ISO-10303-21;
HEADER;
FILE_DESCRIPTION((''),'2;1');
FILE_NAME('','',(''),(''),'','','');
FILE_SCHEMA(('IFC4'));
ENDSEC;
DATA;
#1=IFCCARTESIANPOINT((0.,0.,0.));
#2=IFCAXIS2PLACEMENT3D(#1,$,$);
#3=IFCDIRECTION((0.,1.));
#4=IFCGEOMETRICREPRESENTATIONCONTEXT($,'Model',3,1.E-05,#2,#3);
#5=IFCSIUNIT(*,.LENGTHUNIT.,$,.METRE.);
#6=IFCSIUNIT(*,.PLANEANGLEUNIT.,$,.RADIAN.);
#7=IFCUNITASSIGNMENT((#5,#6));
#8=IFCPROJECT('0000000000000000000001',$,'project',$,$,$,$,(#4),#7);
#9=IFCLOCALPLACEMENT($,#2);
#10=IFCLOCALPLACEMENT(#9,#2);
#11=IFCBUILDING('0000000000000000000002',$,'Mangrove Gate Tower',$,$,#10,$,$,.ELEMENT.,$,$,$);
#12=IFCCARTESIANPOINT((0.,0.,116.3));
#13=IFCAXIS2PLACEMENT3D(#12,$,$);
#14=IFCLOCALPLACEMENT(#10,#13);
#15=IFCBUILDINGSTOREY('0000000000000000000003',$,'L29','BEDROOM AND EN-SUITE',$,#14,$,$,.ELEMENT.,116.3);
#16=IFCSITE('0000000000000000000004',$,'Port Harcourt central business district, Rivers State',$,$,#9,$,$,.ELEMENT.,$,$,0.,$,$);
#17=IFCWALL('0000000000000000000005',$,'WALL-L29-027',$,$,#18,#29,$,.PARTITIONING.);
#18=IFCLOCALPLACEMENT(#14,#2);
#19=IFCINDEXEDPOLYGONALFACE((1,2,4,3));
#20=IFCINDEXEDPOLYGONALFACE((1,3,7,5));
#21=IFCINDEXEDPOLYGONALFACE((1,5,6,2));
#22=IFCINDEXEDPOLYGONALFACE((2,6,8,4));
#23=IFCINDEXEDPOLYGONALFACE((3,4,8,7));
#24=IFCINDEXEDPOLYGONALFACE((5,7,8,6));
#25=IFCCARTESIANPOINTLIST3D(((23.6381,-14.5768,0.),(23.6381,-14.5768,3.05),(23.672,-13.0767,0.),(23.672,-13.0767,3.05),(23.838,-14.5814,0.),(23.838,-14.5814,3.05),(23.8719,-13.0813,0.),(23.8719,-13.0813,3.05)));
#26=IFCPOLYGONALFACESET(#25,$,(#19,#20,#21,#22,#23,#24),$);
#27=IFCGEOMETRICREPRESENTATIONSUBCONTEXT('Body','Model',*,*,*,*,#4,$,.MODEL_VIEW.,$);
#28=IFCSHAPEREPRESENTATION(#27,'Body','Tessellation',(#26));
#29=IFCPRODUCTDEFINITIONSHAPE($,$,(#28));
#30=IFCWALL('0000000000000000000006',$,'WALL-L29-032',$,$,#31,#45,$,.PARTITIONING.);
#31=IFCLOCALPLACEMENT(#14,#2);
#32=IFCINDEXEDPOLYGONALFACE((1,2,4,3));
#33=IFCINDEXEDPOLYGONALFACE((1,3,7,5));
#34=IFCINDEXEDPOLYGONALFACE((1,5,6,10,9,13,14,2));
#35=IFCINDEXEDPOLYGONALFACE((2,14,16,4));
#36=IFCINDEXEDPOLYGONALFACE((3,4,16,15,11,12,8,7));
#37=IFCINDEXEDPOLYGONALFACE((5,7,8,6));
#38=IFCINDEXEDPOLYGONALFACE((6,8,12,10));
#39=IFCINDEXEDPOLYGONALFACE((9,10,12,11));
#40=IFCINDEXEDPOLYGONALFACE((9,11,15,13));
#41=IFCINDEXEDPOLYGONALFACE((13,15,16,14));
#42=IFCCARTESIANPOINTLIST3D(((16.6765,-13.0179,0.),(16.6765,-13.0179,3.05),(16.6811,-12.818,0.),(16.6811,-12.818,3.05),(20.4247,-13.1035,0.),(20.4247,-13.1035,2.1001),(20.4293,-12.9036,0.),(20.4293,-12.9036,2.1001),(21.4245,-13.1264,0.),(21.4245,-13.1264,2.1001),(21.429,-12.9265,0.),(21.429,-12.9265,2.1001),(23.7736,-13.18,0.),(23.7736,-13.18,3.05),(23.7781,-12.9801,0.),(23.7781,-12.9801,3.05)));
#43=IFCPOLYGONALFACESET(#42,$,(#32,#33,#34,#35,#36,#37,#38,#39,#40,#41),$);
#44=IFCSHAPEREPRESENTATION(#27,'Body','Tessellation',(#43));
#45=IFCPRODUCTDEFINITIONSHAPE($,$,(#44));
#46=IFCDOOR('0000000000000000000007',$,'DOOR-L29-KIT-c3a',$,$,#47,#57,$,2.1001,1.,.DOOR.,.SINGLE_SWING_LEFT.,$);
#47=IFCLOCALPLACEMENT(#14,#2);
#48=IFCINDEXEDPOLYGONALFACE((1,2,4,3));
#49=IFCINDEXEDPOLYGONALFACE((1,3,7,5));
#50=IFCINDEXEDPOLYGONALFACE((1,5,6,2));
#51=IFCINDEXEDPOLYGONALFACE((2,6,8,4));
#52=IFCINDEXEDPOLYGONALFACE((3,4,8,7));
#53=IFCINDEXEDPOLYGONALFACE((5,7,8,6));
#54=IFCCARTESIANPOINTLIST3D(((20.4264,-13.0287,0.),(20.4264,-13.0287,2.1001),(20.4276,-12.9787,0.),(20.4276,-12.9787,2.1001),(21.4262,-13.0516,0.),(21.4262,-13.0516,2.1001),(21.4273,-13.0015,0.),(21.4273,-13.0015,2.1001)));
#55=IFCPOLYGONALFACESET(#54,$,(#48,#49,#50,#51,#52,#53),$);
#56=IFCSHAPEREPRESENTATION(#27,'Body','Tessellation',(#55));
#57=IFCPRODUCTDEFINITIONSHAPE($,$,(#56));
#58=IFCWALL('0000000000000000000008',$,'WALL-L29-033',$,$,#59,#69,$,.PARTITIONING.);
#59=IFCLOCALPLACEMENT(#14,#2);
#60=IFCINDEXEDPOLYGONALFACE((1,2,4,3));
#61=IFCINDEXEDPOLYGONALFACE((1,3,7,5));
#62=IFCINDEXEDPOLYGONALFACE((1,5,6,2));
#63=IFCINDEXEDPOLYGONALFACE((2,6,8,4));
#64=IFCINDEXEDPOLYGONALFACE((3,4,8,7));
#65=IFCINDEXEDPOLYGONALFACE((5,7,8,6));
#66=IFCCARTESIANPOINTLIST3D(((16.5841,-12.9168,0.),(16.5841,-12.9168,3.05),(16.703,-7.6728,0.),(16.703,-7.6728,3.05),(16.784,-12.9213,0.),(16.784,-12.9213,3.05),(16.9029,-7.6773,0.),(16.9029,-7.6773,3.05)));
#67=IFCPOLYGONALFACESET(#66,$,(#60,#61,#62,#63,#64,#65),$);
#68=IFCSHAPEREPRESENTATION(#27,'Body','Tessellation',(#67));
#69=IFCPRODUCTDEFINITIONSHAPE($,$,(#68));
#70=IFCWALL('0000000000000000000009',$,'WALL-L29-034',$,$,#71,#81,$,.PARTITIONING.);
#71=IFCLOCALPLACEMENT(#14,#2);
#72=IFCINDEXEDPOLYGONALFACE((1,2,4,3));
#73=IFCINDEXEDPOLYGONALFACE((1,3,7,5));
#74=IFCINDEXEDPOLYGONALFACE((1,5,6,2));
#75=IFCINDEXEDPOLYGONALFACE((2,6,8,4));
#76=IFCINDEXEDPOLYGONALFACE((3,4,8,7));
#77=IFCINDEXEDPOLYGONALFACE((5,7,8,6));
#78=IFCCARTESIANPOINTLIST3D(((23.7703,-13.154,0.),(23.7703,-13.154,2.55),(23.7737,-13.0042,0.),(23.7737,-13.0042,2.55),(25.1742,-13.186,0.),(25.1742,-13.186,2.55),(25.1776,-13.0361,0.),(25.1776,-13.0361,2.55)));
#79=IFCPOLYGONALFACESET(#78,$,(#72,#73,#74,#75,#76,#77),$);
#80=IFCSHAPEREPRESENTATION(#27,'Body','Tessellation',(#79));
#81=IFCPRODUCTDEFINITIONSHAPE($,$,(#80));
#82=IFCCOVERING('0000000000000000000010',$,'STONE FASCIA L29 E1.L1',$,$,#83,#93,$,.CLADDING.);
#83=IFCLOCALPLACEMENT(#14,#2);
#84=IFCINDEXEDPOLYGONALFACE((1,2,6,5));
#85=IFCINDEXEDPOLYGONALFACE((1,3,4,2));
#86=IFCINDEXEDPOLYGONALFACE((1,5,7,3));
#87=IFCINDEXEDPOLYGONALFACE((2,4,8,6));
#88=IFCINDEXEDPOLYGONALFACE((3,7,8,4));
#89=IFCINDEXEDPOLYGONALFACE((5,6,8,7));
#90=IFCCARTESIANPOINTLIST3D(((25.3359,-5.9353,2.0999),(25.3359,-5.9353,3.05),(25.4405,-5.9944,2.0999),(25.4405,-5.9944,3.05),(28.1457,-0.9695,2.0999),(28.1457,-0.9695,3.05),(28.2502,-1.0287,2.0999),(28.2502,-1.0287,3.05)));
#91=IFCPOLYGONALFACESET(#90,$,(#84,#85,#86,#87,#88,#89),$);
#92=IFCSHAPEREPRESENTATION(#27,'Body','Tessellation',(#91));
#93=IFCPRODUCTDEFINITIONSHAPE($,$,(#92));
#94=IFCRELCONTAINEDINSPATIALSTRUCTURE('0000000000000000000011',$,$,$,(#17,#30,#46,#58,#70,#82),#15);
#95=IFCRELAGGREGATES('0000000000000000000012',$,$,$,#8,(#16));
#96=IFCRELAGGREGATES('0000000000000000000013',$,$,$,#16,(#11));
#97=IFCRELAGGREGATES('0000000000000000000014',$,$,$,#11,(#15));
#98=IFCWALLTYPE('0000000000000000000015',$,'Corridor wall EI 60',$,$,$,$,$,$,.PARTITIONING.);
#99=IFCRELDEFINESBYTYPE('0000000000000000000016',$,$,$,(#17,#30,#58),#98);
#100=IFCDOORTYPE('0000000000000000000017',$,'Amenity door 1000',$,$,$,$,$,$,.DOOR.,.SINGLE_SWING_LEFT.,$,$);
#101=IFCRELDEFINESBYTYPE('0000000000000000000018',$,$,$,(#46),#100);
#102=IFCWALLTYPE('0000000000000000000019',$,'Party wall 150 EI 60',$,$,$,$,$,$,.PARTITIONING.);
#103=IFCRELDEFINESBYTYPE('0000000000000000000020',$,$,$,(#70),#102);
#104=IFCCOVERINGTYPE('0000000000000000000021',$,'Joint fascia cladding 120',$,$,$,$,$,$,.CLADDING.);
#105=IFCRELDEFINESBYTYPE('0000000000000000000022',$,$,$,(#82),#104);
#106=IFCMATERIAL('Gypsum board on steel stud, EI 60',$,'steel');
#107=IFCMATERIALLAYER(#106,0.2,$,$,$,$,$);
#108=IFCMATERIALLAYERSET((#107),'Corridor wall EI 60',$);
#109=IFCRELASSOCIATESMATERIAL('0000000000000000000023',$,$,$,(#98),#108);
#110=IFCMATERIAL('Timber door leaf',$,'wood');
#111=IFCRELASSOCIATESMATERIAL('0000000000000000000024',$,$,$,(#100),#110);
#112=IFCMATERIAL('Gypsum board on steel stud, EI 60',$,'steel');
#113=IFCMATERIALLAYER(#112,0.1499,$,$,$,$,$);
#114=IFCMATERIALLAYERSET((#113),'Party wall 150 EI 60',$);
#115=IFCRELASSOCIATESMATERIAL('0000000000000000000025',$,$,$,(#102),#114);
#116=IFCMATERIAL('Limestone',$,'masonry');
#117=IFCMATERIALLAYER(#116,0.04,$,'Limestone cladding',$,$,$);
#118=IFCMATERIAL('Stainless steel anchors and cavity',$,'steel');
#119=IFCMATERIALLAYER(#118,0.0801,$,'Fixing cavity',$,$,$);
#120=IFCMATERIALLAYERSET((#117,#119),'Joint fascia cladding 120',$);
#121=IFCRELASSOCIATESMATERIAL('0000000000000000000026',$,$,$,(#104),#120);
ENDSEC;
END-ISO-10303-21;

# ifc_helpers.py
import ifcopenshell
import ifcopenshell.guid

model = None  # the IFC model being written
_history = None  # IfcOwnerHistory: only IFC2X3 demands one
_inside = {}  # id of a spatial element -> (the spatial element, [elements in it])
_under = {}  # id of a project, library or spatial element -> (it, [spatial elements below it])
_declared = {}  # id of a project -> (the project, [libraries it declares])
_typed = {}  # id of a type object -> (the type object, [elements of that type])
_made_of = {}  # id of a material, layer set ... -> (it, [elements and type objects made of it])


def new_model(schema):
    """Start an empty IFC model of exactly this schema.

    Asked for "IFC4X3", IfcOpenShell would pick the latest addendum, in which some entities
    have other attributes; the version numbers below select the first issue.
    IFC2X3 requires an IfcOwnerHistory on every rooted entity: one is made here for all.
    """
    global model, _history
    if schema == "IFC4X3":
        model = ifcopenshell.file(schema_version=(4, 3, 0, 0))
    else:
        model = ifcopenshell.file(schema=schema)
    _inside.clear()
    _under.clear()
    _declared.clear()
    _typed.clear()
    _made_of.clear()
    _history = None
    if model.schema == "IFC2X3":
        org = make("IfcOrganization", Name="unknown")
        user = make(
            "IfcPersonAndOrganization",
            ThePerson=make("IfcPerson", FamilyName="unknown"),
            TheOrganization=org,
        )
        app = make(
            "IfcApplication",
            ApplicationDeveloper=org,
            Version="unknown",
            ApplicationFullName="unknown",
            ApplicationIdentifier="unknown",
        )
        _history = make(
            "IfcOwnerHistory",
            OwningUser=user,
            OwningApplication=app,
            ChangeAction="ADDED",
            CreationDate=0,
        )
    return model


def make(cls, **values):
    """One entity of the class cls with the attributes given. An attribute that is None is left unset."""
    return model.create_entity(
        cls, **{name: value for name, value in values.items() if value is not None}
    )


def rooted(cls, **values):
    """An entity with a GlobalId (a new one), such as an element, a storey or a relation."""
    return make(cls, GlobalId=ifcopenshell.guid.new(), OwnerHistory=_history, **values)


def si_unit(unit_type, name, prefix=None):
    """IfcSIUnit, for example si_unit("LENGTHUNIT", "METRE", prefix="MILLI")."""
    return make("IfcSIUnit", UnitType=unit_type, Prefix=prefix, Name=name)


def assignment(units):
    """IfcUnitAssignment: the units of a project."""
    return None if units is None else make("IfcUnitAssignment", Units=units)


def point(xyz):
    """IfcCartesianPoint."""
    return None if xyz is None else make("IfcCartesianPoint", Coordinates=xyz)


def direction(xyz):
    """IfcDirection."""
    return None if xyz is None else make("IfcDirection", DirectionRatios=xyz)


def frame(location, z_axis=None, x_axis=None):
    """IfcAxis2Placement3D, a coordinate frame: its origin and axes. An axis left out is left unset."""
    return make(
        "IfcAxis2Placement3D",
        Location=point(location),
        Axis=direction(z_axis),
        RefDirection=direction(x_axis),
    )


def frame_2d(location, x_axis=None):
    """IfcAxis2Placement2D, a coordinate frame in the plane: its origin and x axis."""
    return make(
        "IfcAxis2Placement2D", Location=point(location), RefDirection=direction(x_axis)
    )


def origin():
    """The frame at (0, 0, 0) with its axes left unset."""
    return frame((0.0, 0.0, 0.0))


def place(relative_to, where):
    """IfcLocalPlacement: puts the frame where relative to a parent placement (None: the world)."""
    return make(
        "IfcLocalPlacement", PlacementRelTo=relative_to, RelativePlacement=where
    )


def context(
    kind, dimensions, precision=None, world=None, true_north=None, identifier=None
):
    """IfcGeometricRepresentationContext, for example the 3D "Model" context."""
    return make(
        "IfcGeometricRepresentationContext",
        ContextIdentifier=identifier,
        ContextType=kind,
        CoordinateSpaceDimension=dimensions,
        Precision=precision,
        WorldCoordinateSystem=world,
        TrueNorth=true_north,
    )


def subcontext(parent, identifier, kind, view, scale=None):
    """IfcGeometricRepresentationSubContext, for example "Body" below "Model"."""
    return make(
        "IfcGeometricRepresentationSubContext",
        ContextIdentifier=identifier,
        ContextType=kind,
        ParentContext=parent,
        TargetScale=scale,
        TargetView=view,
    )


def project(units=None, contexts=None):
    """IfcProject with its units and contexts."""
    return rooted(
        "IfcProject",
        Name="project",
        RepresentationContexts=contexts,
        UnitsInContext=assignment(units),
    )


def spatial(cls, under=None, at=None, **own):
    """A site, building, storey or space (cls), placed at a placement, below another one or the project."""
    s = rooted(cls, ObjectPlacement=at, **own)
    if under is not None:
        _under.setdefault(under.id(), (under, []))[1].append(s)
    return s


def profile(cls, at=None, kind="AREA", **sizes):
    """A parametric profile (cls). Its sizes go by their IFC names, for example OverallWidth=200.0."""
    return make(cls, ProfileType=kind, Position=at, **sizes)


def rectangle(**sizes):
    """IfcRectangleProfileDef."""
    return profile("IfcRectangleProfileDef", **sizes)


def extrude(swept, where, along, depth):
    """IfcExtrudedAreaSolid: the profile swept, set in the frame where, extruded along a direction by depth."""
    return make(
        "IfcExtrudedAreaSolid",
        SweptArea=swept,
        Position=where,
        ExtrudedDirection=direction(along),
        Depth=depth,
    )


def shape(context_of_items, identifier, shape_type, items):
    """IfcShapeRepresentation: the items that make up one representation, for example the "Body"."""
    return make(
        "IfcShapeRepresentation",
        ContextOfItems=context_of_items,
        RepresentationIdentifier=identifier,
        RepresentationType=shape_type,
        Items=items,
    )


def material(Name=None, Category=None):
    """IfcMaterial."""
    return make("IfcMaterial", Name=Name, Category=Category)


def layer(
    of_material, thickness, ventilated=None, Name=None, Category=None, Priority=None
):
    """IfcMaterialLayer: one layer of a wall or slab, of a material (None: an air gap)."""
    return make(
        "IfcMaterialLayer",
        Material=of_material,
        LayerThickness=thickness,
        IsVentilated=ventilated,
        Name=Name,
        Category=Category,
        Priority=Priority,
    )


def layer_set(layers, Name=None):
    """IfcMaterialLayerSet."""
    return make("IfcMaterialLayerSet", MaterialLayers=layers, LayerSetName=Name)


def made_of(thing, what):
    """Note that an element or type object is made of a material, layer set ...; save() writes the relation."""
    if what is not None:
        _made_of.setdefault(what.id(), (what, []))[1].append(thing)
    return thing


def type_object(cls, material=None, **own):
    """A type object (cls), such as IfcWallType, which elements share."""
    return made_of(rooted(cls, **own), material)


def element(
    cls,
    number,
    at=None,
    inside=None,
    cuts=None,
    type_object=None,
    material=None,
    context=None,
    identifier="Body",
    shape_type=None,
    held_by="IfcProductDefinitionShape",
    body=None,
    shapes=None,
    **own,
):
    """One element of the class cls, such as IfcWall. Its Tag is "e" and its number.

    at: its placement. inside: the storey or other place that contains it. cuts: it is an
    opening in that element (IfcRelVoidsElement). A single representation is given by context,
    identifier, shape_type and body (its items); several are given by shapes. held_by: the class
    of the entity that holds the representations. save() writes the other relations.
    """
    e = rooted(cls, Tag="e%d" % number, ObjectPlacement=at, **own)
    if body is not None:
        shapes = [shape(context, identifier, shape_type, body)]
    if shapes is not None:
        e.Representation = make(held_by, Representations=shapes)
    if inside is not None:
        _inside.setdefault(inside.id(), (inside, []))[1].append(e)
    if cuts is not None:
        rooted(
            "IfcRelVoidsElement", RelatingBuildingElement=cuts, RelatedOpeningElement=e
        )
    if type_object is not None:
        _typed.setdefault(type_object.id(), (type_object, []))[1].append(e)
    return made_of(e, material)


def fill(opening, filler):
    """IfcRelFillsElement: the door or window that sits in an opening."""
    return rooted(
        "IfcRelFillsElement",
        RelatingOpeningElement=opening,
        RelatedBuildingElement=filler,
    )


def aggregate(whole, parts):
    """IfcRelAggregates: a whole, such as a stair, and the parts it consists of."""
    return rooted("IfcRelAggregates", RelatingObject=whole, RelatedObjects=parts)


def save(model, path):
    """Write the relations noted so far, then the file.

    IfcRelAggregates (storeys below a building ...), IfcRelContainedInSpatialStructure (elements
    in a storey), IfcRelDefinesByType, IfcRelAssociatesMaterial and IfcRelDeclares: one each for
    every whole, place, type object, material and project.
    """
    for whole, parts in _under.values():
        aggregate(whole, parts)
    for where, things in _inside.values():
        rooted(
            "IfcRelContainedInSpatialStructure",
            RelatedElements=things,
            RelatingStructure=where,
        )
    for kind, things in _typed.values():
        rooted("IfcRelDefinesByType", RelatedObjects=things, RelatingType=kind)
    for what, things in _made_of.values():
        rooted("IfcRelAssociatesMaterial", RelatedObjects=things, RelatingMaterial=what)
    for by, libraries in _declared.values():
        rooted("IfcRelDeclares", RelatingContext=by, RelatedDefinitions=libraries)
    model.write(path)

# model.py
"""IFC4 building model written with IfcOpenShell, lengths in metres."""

from ifc_helpers import new_model, si_unit, direction, frame, frame_2d, origin, place, context, subcontext, project, spatial, rectangle, extrude, material, layer, layer_set, type_object, element, fill, save


model = new_model("IFC4")

# Units and contexts
model_context = context("Model", 3, precision=1e-05, world=origin(), true_north=direction((0.0, 1.0)))
body_context = subcontext(model_context, "Body", "Model", "MODEL_VIEW")
ifc_project = project(units=[si_unit("LENGTHUNIT", "METRE"), si_unit("PLANEANGLEUNIT", "RADIAN")], contexts=[model_context])

# Site, building, storey
site_placement = place(None, origin())
site = spatial("IfcSite", under=ifc_project, at=site_placement, Name="Port Harcourt central business district, Rivers State", CompositionType="ELEMENT", RefElevation=0.0)
building_placement = place(site_placement, origin())
building = spatial("IfcBuilding", under=site, at=building_placement, Name="Mangrove Gate Tower", CompositionType="ELEMENT")
storey_placement = place(building_placement, frame((0.0, 0.0, 116.3)))
storey = spatial("IfcBuildingStorey", under=building, at=storey_placement, Name="L29", Description="BEDROOM AND EN-SUITE", CompositionType="ELEMENT", Elevation=116.3)

# Wall
ifc_material_1 = material(Name="Gypsum board on steel stud, EI 60", Category="steel")
ifc_layer_1 = layer(ifc_material_1, 0.2)
ifc_layer_set_1 = layer_set([ifc_layer_1], Name="Corridor wall EI 60")
wall_type_1 = type_object("IfcWallType", Name="Corridor wall EI 60", PredefinedType="PARTITIONING", material=ifc_layer_set_1)
wall_1_placement = place(storey_placement, frame((23.738, -14.5791, 0.0), z_axis=(0.0, 0.0, 1.0), x_axis=(0.022618, 0.999744, 0.0)))
element("IfcWall", 1, at=wall_1_placement, inside=storey, type_object=wall_type_1, Name="WALL-L29-027", PredefinedType="PARTITIONING", context=body_context, shape_type="SweptSolid", body=[
    extrude(rectangle(XDim=1.5005, YDim=0.2, at=frame_2d((0.7502, 0.0))), origin(), (0.0, 0.0, 1.0), 3.05),
])

# Wall, opening, door
wall_2_placement = place(storey_placement, frame((16.679, -12.918, 0.0), z_axis=(0.0, 0.0, 1.0), x_axis=(0.999739, -0.022836, 0.0)))
wall_2 = element("IfcWall", 2, at=wall_2_placement, inside=storey, type_object=wall_type_1, Name="WALL-L29-032", PredefinedType="PARTITIONING", context=body_context, shape_type="SweptSolid", body=[
    extrude(rectangle(XDim=7.0989, YDim=0.2, at=frame_2d((3.5493, 0.0))), origin(), (0.0, 0.0, 1.0), 3.05),
])
opening_1_placement = place(wall_2_placement, frame((3.749, 0.0, 0.0)))
opening_1 = element("IfcOpeningElement", 3, at=opening_1_placement, cuts=wall_2, PredefinedType="OPENING", context=body_context, shape_type="SweptSolid", body=[
    extrude(rectangle(XDim=1.0, YDim=2.1001, at=frame_2d((0.5, 1.05))), frame((0.0, 0.1099, 0.0), z_axis=(0.0, -1.0, 0.0), x_axis=(1.0, 0.0, 0.0)), (0.0, 0.0, 1.0), 0.22),
])
ifc_material_2 = material(Name="Timber door leaf", Category="wood")
door_type_1 = type_object("IfcDoorType", Name="Amenity door 1000", OperationType="SINGLE_SWING_LEFT", PredefinedType="DOOR", material=ifc_material_2)
door_1_placement = place(opening_1_placement, origin())
door_1 = element("IfcDoor", 4, at=door_1_placement, inside=storey, type_object=door_type_1, Name="DOOR-L29-KIT-c3a", OperationType="SINGLE_SWING_LEFT", OverallHeight=2.1001, OverallWidth=1.0, PredefinedType="DOOR", context=body_context, shape_type="SweptSolid", body=[
    extrude(rectangle(XDim=1.0, YDim=2.1001, at=frame_2d((0.5, 1.05))), frame((0.0, 0.0249, 0.0), z_axis=(0.0, -1.0, 0.0), x_axis=(1.0, 0.0, 0.0)), (0.0, 0.0, 1.0), 0.05),
])
fill(opening_1, door_1)

# Walls
wall_3_placement = place(storey_placement, frame((16.6841, -12.9189, 0.0), z_axis=(0.0, 0.0, 1.0), x_axis=(0.022667, 0.999743, 0.0)))
element("IfcWall", 5, at=wall_3_placement, inside=storey, type_object=wall_type_1, Name="WALL-L29-033", PredefinedType="PARTITIONING", context=body_context, shape_type="SweptSolid", body=[
    extrude(rectangle(XDim=5.2454, YDim=0.2, at=frame_2d((2.6226, 0.0))), origin(), (0.0, 0.0, 1.0), 3.05),
])
ifc_material_3 = material(Name="Gypsum board on steel stud, EI 60", Category="steel")
ifc_layer_2 = layer(ifc_material_3, 0.1499)
ifc_layer_set_2 = layer_set([ifc_layer_2], Name="Party wall 150 EI 60")
wall_type_2 = type_object("IfcWallType", Name="Party wall 150 EI 60", PredefinedType="PARTITIONING", material=ifc_layer_set_2)
wall_4_placement = place(storey_placement, frame((23.772, -13.0791, 0.0), z_axis=(0.0, 0.0, 1.0), x_axis=(0.999741, -0.022773, 0.0)))
element("IfcWall", 6, at=wall_4_placement, inside=storey, type_object=wall_type_2, Name="WALL-L29-034", PredefinedType="PARTITIONING", context=body_context, shape_type="SweptSolid", body=[
    extrude(rectangle(XDim=1.4043, YDim=0.1499, at=frame_2d((0.7021, 0.0))), origin(), (0.0, 0.0, 1.0), 2.55),
])

# Covering
ifc_material_4 = material(Name="Limestone", Category="masonry")
ifc_layer_3 = layer(ifc_material_4, 0.04, Name="Limestone cladding")
ifc_material_5 = material(Name="Stainless steel anchors and cavity", Category="steel")
ifc_layer_4 = layer(ifc_material_5, 0.0801, Name="Fixing cavity")
ifc_layer_set_3 = layer_set([ifc_layer_3, ifc_layer_4], Name="Joint fascia cladding 120")
covering_type = type_object("IfcCoveringType", Name="Joint fascia cladding 120", PredefinedType="CLADDING", material=ifc_layer_set_3)
covering_placement = place(storey_placement, frame((25.3882, -5.9648, 2.0999), z_axis=(0.0, 0.0, 1.0), x_axis=(0.492462, 0.870334, 0.0)))
element("IfcCovering", 7, at=covering_placement, inside=storey, type_object=covering_type, Name="STONE FASCIA L29 E1.L1", PredefinedType="CLADDING", context=body_context, shape_type="SweptSolid", body=[
    extrude(rectangle(XDim=5.7056, YDim=0.1201, at=frame_2d((2.8528, 0.0))), origin(), (0.0, 0.0, 1.0), 0.9502),
])

save(model, "model.ifc")
